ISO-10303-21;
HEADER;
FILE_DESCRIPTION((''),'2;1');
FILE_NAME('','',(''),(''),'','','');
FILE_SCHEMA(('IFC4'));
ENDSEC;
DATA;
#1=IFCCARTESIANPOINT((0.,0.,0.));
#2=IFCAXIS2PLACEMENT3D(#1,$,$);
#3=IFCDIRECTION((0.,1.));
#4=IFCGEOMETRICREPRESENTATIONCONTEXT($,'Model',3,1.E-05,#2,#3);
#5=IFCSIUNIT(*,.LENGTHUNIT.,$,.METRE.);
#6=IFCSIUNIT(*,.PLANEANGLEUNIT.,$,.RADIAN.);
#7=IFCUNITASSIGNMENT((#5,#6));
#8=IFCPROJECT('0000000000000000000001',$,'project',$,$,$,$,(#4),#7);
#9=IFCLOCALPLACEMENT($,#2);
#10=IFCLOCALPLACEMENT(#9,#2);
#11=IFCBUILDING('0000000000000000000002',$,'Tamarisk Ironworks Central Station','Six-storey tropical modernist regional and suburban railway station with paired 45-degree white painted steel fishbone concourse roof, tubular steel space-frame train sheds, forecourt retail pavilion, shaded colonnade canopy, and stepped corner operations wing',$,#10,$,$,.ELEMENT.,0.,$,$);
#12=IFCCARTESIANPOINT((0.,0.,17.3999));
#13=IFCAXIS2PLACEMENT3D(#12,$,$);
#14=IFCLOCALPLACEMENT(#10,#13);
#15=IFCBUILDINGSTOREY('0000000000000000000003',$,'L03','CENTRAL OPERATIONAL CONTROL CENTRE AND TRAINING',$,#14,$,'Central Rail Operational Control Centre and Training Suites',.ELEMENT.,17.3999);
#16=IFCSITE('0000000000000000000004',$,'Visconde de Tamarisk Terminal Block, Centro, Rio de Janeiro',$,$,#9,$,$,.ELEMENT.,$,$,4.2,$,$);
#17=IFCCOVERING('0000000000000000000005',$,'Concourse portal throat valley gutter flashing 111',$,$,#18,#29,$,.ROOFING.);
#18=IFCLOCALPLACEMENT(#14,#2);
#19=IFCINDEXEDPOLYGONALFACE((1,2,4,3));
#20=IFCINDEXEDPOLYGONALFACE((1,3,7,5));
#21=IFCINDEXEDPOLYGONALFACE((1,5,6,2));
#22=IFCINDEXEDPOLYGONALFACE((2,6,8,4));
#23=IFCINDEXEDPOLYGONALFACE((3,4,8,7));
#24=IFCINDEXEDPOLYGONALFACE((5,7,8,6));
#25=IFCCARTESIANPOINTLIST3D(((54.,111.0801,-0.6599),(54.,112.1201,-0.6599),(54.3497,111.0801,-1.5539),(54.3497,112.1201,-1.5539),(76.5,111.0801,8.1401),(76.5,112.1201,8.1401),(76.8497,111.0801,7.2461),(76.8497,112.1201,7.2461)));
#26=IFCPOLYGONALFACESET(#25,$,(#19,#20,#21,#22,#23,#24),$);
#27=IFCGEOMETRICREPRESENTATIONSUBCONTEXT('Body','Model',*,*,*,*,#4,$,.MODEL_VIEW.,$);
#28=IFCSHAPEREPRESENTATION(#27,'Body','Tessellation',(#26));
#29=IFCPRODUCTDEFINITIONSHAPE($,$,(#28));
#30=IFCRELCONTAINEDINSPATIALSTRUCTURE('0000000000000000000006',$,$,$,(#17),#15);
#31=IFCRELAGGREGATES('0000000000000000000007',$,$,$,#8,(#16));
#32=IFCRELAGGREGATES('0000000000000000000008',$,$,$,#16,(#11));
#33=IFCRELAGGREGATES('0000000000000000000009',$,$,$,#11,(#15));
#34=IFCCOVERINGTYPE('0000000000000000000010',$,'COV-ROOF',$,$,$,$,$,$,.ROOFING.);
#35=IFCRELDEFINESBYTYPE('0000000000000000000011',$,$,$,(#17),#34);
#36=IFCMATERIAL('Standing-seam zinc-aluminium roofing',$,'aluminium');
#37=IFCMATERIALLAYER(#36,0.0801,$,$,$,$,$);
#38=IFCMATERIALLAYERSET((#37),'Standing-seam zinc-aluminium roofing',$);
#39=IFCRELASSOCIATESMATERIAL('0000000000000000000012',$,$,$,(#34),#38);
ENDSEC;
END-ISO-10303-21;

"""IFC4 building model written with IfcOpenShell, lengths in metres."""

from ifc_helpers import new_model, si_unit, direction, frame, origin, place, context, subcontext, project, spatial, polyline, outline, extrude, material, layer, layer_set, type_object, element, save


model = new_model("IFC4")

# Units and contexts
model_context = context("Model", 3, precision=1e-05, world=origin(), true_north=direction((0.0, 1.0)))
body_context = subcontext(model_context, "Body", "Model", "MODEL_VIEW")
ifc_project = project(units=[si_unit("LENGTHUNIT", "METRE"), si_unit("PLANEANGLEUNIT", "RADIAN")], contexts=[model_context])

# Site, building, storey
site_placement = place(None, origin())
site = spatial("IfcSite", under=ifc_project, at=site_placement, Name="Visconde de Tamarisk Terminal Block, Centro, Rio de Janeiro", CompositionType="ELEMENT", RefElevation=4.2)
building_placement = place(site_placement, origin())
building = spatial("IfcBuilding", under=site, at=building_placement, Name="Tamarisk Ironworks Central Station", Description="Six-storey tropical modernist regional and suburban railway station with paired 45-degree white painted steel fishbone concourse roof, tubular steel space-frame train sheds, forecourt retail pavilion, shaded colonnade canopy, and stepped corner operations wing", CompositionType="ELEMENT", ElevationOfRefHeight=0.0)
storey_placement = place(building_placement, frame((0.0, 0.0, 17.3999)))
storey = spatial("IfcBuildingStorey", under=building, at=storey_placement, Name="L03", Description="CENTRAL OPERATIONAL CONTROL CENTRE AND TRAINING", LongName="Central Rail Operational Control Centre and Training Suites", CompositionType="ELEMENT", Elevation=17.3999)

# Covering
ifc_material_1 = material(Name="Standing-seam zinc-aluminium roofing", Category="aluminium")
ifc_layer_1 = layer(ifc_material_1, 0.0801)
ifc_layer_set_1 = layer_set([ifc_layer_1], Name="Standing-seam zinc-aluminium roofing")
covering_type = type_object("IfcCoveringType", Name="COV-ROOF", PredefinedType="ROOFING", material=ifc_layer_set_1)
covering_placement = place(storey_placement, frame((54.0, 111.0801, -0.6599), z_axis=(-0.364245, 0.0, 0.931303), x_axis=(0.931303, 0.0, 0.364245)))
element("IfcCovering", 1, at=covering_placement, inside=storey, type_object=covering_type, Name="Concourse portal throat valley gutter flashing 111", PredefinedType="ROOFING", context=body_context, shape_type="SweptSolid", body=[
    extrude(outline(polyline([(0.0, 0.0), (24.1597, 0.0), (24.1597, 1.04), (0.0, 1.04), (0.0, 0.0)])), origin(), (0.0, 0.0, -1.0), 0.96),
])

save(model, "model.ifc")
